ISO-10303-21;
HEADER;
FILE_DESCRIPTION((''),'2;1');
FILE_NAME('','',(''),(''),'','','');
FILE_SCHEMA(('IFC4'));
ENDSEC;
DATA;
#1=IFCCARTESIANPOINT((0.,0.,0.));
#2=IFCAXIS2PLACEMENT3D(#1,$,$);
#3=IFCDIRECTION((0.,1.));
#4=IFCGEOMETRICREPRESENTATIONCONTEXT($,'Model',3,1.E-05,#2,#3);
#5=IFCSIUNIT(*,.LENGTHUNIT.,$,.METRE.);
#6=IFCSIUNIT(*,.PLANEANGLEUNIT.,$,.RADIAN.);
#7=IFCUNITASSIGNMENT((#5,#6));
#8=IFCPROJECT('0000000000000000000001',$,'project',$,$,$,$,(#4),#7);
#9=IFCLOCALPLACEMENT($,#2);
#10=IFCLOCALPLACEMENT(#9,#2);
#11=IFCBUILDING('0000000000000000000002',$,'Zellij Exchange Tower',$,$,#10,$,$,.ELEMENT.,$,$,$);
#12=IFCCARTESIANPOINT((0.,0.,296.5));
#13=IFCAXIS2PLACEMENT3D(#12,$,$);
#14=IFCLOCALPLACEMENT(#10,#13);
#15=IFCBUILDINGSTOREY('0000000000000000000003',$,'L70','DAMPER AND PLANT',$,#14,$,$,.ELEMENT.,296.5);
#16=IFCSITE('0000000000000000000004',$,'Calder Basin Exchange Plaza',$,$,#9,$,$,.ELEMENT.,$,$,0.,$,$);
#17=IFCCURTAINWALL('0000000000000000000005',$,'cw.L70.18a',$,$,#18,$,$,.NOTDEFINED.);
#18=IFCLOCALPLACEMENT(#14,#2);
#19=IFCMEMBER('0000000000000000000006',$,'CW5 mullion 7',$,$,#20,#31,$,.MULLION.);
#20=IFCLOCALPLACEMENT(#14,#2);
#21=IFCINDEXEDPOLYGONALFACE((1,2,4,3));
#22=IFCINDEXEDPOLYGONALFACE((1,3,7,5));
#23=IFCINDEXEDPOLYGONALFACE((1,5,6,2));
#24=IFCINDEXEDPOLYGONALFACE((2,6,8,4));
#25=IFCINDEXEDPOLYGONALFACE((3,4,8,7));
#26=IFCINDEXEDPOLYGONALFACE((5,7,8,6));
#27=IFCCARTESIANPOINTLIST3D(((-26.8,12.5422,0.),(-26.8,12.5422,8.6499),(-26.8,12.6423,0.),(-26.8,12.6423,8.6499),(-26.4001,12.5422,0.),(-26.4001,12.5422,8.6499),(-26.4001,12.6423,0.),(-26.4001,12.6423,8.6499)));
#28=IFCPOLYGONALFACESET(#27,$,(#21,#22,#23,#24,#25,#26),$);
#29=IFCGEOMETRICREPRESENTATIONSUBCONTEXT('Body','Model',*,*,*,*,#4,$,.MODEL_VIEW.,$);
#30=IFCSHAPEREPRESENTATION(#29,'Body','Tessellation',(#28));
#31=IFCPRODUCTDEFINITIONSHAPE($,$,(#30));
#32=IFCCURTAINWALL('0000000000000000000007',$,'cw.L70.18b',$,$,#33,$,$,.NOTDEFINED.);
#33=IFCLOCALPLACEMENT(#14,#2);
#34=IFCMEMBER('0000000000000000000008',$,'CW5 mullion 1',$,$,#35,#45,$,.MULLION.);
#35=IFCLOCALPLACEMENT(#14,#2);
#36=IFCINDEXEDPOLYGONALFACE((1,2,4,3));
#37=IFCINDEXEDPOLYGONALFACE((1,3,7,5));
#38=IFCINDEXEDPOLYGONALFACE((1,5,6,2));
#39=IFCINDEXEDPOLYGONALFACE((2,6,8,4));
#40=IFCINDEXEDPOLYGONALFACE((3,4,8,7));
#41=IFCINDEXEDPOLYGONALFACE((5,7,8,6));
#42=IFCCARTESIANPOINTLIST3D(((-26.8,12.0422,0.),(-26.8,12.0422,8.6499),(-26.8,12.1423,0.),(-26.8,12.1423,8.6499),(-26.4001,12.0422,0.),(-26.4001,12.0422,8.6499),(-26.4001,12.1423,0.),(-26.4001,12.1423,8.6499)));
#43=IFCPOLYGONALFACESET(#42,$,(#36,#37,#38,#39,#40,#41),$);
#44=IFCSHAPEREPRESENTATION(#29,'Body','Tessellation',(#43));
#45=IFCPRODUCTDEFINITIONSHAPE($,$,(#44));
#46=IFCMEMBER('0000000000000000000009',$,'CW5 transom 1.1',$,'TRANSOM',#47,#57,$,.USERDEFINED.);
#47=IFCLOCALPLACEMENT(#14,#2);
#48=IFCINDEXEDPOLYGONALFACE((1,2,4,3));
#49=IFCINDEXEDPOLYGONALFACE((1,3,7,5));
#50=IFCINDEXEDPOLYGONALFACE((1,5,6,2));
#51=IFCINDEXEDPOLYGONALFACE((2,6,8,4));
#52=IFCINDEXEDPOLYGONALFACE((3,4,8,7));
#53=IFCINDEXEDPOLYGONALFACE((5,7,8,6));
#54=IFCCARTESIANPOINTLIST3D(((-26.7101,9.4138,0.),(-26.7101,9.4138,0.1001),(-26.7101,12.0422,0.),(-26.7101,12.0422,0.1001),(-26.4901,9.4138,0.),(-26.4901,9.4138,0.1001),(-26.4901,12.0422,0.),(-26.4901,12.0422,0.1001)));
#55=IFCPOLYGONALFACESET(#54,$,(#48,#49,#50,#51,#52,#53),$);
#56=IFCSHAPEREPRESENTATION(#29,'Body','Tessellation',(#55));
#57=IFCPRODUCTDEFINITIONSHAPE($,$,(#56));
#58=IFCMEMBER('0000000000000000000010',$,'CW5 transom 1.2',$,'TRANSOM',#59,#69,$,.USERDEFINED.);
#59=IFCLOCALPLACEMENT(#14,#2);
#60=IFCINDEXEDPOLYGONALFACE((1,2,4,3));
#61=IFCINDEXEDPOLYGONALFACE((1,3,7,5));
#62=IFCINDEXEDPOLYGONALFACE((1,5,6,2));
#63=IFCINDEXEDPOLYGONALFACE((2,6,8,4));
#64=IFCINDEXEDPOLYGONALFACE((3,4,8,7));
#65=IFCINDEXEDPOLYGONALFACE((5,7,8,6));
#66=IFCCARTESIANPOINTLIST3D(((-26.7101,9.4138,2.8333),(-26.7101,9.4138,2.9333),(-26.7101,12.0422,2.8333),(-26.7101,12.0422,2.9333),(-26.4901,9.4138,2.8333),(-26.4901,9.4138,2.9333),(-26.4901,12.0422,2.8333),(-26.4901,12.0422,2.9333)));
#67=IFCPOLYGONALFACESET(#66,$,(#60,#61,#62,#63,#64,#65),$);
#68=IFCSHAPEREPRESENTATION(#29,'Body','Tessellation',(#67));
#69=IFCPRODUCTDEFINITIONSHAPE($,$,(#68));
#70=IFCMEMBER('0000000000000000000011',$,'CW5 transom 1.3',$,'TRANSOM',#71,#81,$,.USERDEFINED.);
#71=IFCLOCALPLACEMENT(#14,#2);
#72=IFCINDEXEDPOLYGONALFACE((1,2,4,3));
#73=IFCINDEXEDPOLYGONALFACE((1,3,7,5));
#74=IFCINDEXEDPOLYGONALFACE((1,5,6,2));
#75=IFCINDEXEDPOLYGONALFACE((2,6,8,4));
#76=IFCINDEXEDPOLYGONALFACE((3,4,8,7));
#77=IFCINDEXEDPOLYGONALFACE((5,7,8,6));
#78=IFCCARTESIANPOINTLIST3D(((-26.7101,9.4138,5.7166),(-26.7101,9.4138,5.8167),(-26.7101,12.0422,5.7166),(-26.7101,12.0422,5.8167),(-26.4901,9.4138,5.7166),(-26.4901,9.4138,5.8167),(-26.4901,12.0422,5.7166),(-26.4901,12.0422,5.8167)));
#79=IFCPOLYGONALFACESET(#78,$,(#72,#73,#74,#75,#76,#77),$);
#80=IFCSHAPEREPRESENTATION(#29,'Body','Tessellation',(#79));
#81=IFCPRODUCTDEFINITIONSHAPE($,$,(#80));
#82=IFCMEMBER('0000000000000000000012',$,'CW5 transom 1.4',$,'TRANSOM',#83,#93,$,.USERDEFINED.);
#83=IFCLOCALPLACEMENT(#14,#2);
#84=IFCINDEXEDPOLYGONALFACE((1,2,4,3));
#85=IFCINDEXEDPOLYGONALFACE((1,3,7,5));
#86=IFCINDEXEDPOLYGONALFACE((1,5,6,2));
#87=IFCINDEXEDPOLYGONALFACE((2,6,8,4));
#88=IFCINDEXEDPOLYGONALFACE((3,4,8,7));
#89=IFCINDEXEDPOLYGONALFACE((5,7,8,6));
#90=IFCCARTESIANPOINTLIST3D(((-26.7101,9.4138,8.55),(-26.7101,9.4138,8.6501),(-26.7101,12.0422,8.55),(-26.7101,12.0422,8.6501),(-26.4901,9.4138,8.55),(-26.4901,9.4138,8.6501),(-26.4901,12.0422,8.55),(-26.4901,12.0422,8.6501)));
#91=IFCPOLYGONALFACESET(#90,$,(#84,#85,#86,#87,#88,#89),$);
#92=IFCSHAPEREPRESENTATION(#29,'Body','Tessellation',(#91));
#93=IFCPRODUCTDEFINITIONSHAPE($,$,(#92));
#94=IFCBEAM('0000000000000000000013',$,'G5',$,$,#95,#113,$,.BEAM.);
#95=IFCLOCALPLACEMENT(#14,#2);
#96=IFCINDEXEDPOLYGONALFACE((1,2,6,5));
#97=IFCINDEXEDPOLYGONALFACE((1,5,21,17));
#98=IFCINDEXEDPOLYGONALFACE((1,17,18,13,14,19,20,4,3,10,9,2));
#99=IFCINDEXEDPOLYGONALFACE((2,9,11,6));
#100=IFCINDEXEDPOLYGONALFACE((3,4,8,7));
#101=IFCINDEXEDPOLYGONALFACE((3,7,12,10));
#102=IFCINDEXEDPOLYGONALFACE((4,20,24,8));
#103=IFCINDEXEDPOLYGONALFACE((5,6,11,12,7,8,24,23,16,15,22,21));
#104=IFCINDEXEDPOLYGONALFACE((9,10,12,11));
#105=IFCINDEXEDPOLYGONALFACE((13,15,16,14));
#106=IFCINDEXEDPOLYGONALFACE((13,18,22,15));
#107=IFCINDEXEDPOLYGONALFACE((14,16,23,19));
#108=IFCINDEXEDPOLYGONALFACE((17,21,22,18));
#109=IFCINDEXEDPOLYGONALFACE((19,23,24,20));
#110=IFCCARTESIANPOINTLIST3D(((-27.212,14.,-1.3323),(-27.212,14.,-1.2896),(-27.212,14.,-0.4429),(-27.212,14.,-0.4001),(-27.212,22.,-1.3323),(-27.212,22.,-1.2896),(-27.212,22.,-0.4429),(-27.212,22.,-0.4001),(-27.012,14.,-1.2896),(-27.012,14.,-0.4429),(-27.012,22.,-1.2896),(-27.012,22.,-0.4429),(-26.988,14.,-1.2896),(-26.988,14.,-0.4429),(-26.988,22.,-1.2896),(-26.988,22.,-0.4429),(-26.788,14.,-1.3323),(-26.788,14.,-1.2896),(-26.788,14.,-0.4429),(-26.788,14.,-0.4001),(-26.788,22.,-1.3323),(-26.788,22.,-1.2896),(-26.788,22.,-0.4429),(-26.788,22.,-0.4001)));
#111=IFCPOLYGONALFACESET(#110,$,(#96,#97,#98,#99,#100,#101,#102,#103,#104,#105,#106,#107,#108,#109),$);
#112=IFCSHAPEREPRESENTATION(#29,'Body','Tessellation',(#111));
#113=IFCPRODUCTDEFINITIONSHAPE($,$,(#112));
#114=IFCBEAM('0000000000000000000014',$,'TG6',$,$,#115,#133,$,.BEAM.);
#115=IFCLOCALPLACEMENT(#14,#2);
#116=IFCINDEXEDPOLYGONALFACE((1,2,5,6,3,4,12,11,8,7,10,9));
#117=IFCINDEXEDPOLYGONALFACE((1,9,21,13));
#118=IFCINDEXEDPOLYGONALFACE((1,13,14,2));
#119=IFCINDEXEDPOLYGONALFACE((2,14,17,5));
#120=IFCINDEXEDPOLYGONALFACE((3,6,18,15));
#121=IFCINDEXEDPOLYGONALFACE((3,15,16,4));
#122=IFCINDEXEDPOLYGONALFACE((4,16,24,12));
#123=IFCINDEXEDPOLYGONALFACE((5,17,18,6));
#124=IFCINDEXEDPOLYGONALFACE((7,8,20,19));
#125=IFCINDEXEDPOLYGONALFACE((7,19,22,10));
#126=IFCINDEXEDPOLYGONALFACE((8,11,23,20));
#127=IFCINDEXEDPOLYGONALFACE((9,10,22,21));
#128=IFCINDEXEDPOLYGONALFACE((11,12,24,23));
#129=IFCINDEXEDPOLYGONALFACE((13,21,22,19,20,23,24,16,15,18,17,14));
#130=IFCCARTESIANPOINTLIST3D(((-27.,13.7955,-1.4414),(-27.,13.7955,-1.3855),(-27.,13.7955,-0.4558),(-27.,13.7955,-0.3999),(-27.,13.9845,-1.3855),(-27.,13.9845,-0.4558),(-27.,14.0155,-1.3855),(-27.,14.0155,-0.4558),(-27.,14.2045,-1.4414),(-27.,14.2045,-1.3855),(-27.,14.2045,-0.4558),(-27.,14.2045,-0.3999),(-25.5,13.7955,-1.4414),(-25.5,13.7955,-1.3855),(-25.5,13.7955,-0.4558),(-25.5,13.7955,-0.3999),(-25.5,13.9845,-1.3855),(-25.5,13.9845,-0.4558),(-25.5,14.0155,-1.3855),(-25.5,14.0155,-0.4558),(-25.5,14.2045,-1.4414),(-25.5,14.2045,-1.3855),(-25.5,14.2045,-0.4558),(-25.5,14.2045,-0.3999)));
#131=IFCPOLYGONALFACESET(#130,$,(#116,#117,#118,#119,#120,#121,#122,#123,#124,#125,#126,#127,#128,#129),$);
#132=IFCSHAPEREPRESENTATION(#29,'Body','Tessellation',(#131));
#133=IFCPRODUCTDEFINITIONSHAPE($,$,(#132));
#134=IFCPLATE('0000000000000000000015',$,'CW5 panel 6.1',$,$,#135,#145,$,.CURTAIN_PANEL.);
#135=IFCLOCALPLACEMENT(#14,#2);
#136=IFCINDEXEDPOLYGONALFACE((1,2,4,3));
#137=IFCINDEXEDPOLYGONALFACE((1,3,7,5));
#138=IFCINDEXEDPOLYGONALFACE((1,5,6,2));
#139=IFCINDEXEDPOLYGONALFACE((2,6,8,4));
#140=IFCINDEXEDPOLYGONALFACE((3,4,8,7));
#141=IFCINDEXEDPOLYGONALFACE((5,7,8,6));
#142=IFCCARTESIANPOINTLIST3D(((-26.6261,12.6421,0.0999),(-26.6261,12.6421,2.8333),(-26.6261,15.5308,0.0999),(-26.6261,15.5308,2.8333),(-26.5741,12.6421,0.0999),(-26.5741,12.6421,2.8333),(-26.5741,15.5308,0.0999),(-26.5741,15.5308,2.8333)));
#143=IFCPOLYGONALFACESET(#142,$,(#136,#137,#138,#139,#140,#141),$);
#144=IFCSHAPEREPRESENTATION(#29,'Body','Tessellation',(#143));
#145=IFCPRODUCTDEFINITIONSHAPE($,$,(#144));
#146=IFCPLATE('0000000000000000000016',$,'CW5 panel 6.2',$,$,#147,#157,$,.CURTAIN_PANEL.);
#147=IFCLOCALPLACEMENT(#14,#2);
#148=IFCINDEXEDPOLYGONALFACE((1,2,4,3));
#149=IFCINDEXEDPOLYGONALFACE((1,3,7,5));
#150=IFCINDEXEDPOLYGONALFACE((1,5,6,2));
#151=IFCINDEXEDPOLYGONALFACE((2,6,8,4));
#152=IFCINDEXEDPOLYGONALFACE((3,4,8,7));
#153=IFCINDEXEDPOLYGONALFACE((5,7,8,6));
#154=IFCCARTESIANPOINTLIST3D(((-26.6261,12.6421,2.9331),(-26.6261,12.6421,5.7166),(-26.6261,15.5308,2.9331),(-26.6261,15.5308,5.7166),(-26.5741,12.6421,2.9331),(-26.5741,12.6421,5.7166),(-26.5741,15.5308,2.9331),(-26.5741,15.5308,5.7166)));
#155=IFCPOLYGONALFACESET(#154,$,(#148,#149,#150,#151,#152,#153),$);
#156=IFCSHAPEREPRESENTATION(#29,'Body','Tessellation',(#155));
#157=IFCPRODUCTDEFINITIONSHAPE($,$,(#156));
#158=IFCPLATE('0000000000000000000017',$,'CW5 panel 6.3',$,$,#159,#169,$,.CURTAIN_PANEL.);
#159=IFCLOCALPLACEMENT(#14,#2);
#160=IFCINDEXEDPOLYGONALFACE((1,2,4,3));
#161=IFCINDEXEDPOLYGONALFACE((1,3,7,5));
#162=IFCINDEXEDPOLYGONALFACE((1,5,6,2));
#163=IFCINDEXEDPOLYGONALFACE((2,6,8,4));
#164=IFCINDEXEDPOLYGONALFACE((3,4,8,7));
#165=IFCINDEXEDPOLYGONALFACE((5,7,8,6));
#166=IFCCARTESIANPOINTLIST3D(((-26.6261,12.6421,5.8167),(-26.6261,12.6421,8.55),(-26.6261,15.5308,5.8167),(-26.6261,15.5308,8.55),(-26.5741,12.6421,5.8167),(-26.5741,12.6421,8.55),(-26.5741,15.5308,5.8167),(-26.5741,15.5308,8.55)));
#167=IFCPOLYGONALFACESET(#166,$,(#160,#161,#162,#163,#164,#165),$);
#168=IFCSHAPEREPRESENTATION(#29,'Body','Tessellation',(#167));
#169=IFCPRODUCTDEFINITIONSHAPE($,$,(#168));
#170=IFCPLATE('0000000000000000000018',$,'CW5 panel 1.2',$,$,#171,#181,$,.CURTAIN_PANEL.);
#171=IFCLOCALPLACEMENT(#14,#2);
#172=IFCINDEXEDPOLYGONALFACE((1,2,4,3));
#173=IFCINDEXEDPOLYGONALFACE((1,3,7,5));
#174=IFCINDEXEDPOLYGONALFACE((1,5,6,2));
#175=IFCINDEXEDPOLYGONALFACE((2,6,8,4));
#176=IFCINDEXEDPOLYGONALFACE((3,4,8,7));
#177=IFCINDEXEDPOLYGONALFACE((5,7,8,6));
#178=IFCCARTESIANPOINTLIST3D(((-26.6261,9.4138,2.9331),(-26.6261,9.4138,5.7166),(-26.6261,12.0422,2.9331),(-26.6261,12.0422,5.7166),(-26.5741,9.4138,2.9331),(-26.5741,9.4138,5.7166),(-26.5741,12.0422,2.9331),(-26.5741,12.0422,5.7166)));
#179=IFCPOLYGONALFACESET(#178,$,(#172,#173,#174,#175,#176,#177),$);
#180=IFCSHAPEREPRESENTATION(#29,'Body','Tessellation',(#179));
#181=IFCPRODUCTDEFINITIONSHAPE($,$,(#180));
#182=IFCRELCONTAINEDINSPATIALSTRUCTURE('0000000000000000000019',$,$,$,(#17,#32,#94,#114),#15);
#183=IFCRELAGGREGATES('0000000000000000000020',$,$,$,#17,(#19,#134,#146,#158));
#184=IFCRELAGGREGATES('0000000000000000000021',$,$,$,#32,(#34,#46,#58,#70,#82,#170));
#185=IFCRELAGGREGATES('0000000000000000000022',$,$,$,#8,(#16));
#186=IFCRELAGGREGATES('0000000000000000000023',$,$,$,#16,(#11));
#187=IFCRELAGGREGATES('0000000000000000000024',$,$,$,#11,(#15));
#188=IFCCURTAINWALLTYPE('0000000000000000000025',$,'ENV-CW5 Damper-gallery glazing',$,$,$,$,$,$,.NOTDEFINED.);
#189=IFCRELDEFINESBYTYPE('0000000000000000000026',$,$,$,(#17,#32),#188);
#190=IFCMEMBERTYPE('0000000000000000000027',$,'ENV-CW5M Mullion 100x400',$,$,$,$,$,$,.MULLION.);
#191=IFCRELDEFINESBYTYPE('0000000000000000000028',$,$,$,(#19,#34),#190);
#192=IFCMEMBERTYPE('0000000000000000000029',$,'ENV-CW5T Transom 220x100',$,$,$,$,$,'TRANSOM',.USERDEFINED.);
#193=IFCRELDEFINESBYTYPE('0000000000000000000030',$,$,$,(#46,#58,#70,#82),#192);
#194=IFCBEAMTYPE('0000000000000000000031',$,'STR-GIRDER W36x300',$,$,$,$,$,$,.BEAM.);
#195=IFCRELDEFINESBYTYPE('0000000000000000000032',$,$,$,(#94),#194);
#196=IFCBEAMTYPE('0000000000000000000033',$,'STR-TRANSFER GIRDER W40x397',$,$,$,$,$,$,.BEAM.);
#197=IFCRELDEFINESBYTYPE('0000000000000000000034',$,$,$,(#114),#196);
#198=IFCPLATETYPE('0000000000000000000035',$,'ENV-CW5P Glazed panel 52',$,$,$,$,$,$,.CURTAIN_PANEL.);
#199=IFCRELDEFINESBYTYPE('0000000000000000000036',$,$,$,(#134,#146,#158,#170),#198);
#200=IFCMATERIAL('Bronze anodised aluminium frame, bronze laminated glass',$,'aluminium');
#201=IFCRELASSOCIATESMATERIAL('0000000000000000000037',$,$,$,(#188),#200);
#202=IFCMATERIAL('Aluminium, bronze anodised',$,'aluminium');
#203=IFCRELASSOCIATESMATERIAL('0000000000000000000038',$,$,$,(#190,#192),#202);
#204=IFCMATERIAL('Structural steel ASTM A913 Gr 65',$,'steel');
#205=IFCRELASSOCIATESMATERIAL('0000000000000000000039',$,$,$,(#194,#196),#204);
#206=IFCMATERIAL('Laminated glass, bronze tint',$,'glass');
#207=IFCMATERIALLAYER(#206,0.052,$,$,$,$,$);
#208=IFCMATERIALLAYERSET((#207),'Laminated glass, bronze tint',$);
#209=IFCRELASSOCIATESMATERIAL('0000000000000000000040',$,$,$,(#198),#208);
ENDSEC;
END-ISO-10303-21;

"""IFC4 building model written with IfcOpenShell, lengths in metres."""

from ifc_helpers import new_model, si_unit, direction, frame, origin, origin_2d, place, context, subcontext, project, spatial, rectangle, i_section, extrude, material, layer, layer_set, material_profile, profile_set, type_object, element, aggregate, save


model = new_model("IFC4")

# Units and contexts
model_context = context("Model", 3, precision=1e-05, world=origin(), true_north=direction((0.0, 1.0)))
body_context = subcontext(model_context, "Body", "Model", "MODEL_VIEW")
ifc_project = project(units=[si_unit("LENGTHUNIT", "METRE"), si_unit("PLANEANGLEUNIT", "RADIAN")], contexts=[model_context])

# Site, building, storey
site_placement = place(None, origin())
site = spatial("IfcSite", under=ifc_project, at=site_placement, Name="Calder Basin Exchange Plaza", CompositionType="ELEMENT", RefElevation=0.0)
building_placement = place(site_placement, origin())
building = spatial("IfcBuilding", under=site, at=building_placement, Name="Zellij Exchange Tower", CompositionType="ELEMENT")
storey_placement = place(building_placement, frame((0.0, 0.0, 296.5)))
storey = spatial("IfcBuildingStorey", under=building, at=storey_placement, Name="L70", Description="DAMPER AND PLANT", CompositionType="ELEMENT", Elevation=296.5)

# Curtain wall, member
ifc_material_1 = material(Name="Bronze anodised aluminium frame, bronze laminated glass", Category="aluminium")
curtain_wall_type = type_object("IfcCurtainWallType", Name="ENV-CW5 Damper-gallery glazing", PredefinedType="NOTDEFINED", material=ifc_material_1)
curtain_wall_1_placement = place(storey_placement, origin())
curtain_wall_1 = element("IfcCurtainWall", 1, at=curtain_wall_1_placement, inside=storey, type_object=curtain_wall_type, Name="cw.L70.18a", PredefinedType="NOTDEFINED")
ifc_material_2 = material(Name="Aluminium, bronze anodised", Category="aluminium")
ifc_material_profile_1 = material_profile(ifc_material_2, rectangle(XDim=0.1001, YDim=0.3999, at=origin_2d()), Name="AL 100x400")
ifc_profile_set_1 = profile_set([ifc_material_profile_1], Name="Aluminium, bronze anodised")
member_type_1 = type_object("IfcMemberType", Name="ENV-CW5M Mullion 100x400", PredefinedType="MULLION", material=ifc_profile_set_1)
member_1_placement = place(storey_placement, frame((-26.6001, 12.5923, 0.0), z_axis=(0.0, 0.0, 1.0), x_axis=(0.0, -1.0, 0.0)))
member_1 = element("IfcMember", 2, at=member_1_placement, type_object=member_type_1, Name="CW5 mullion 7", PredefinedType="MULLION", context=body_context, shape_type="SweptSolid", body=[
    extrude(rectangle(XDim=0.1001, YDim=0.3999, at=origin_2d()), origin(), (0.0, 0.0, 1.0), 8.6499),
])

# Curtain wall, members
curtain_wall_2_placement = place(storey_placement, origin())
curtain_wall_2 = element("IfcCurtainWall", 3, at=curtain_wall_2_placement, inside=storey, type_object=curtain_wall_type, Name="cw.L70.18b", PredefinedType="NOTDEFINED")
member_2_placement = place(storey_placement, frame((-26.6001, 12.0923, 0.0), z_axis=(0.0, 0.0, 1.0), x_axis=(0.0, -1.0, 0.0)))
member_2 = element("IfcMember", 4, at=member_2_placement, type_object=member_type_1, Name="CW5 mullion 1", PredefinedType="MULLION", context=body_context, shape_type="SweptSolid", body=[
    extrude(rectangle(XDim=0.1001, YDim=0.3999, at=origin_2d()), origin(), (0.0, 0.0, 1.0), 8.6499),
])
ifc_material_profile_2 = material_profile(ifc_material_2, rectangle(XDim=0.22, YDim=0.1001, at=origin_2d()), Name="AL 220x100")
ifc_profile_set_2 = profile_set([ifc_material_profile_2], Name="Aluminium, bronze anodised")
member_type_2 = type_object("IfcMemberType", Name="ENV-CW5T Transom 220x100", ElementType="TRANSOM", PredefinedType="USERDEFINED", material=ifc_profile_set_2)
member_3_placement = place(storey_placement, frame((-26.6001, 12.0422, 0.05), z_axis=(0.0, -1.0, 0.0), x_axis=(1.0, 0.0, 0.0)))
member_3 = element("IfcMember", 5, at=member_3_placement, type_object=member_type_2, Name="CW5 transom 1.1", ObjectType="TRANSOM", PredefinedType="USERDEFINED", context=body_context, shape_type="SweptSolid", body=[
    extrude(rectangle(XDim=0.22, YDim=0.1001, at=origin_2d()), origin(), (0.0, 0.0, 1.0), 2.6284),
])
member_4_placement = place(storey_placement, frame((-26.6001, 12.0422, 2.8833), z_axis=(0.0, -1.0, 0.0), x_axis=(1.0, 0.0, 0.0)))
member_4 = element("IfcMember", 6, at=member_4_placement, type_object=member_type_2, Name="CW5 transom 1.2", ObjectType="TRANSOM", PredefinedType="USERDEFINED", context=body_context, shape_type="SweptSolid", body=[
    extrude(rectangle(XDim=0.22, YDim=0.1001, at=origin_2d()), origin(), (0.0, 0.0, 1.0), 2.6284),
])
member_5_placement = place(storey_placement, frame((-26.6001, 12.0422, 5.7666), z_axis=(0.0, -1.0, 0.0), x_axis=(1.0, 0.0, 0.0)))
member_5 = element("IfcMember", 7, at=member_5_placement, type_object=member_type_2, Name="CW5 transom 1.3", ObjectType="TRANSOM", PredefinedType="USERDEFINED", context=body_context, shape_type="SweptSolid", body=[
    extrude(rectangle(XDim=0.22, YDim=0.1001, at=origin_2d()), origin(), (0.0, 0.0, 1.0), 2.6284),
])
member_6_placement = place(storey_placement, frame((-26.6001, 12.0422, 8.6001), z_axis=(0.0, -1.0, 0.0), x_axis=(1.0, 0.0, 0.0)))
member_6 = element("IfcMember", 8, at=member_6_placement, type_object=member_type_2, Name="CW5 transom 1.4", ObjectType="TRANSOM", PredefinedType="USERDEFINED", context=body_context, shape_type="SweptSolid", body=[
    extrude(rectangle(XDim=0.22, YDim=0.1001, at=origin_2d()), origin(), (0.0, 0.0, 1.0), 2.6284),
])

# Beams
ifc_material_3 = material(Name="Structural steel ASTM A913 Gr 65", Category="steel")
ifc_material_profile_3 = material_profile(ifc_material_3, i_section(OverallWidth=0.4241, OverallDepth=0.9321, WebThickness=0.0239, FlangeThickness=0.0427, at=origin_2d()), Name="W36x300")
ifc_profile_set_3 = profile_set([ifc_material_profile_3], Name="Structural steel ASTM A913 Gr 65")
beam_type_1 = type_object("IfcBeamType", Name="STR-GIRDER W36x300", PredefinedType="BEAM", material=ifc_profile_set_3)
beam_1_placement = place(storey_placement, frame((-27.0, 14.0, -0.8662), z_axis=(0.0, 1.0, 0.0), x_axis=(-1.0, 0.0, 0.0)))
element("IfcBeam", 9, at=beam_1_placement, inside=storey, type_object=beam_type_1, Name="G5", PredefinedType="BEAM", context=body_context, shape_type="SweptSolid", body=[
    extrude(i_section(OverallWidth=0.4241, OverallDepth=0.9321, WebThickness=0.0239, FlangeThickness=0.0427, at=origin_2d()), origin(), (0.0, 0.0, 1.0), 8.0),
])
ifc_material_profile_4 = material_profile(ifc_material_3, i_section(OverallWidth=0.4089, OverallDepth=1.0415, WebThickness=0.031, FlangeThickness=0.0559, at=origin_2d()), Name="W40x397")
ifc_profile_set_4 = profile_set([ifc_material_profile_4], Name="Structural steel ASTM A913 Gr 65")
beam_type_2 = type_object("IfcBeamType", Name="STR-TRANSFER GIRDER W40x397", PredefinedType="BEAM", material=ifc_profile_set_4)
beam_2_placement = place(storey_placement, frame((-27.0, 14.0, -0.9207), z_axis=(1.0, 0.0, 0.0), x_axis=(0.0, 1.0, 0.0)))
element("IfcBeam", 10, at=beam_2_placement, inside=storey, type_object=beam_type_2, Name="TG6", PredefinedType="BEAM", context=body_context, shape_type="SweptSolid", body=[
    extrude(i_section(OverallWidth=0.4089, OverallDepth=1.0415, WebThickness=0.031, FlangeThickness=0.0559, at=origin_2d()), origin(), (0.0, 0.0, 1.0), 1.5),
])

# Plates
ifc_material_4 = material(Name="Laminated glass, bronze tint", Category="glass")
ifc_layer_1 = layer(ifc_material_4, 0.052)
ifc_layer_set_1 = layer_set([ifc_layer_1], Name="Laminated glass, bronze tint")
plate_type = type_object("IfcPlateType", Name="ENV-CW5P Glazed panel 52", PredefinedType="CURTAIN_PANEL", material=ifc_layer_set_1)
plate_1_placement = place(storey_placement, frame((-26.6001, 14.0864, 0.0999), z_axis=(0.0, 0.0, 1.0), x_axis=(0.0, -1.0, 0.0)))
plate_1 = element("IfcPlate", 11, at=plate_1_placement, type_object=plate_type, Name="CW5 panel 6.1", PredefinedType="CURTAIN_PANEL", context=body_context, shape_type="SweptSolid", body=[
    extrude(rectangle(XDim=2.8887, YDim=0.052, at=origin_2d()), origin(), (0.0, 0.0, 1.0), 2.7334),
])
plate_2_placement = place(storey_placement, frame((-26.6001, 14.0864, 2.9331), z_axis=(0.0, 0.0, 1.0), x_axis=(0.0, -1.0, 0.0)))
plate_2 = element("IfcPlate", 12, at=plate_2_placement, type_object=plate_type, Name="CW5 panel 6.2", PredefinedType="CURTAIN_PANEL", context=body_context, shape_type="SweptSolid", body=[
    extrude(rectangle(XDim=2.8887, YDim=0.052, at=origin_2d()), origin(), (0.0, 0.0, 1.0), 2.7834),
])
plate_3_placement = place(storey_placement, frame((-26.6001, 14.0864, 5.8167), z_axis=(0.0, 0.0, 1.0), x_axis=(0.0, -1.0, 0.0)))
plate_3 = element("IfcPlate", 13, at=plate_3_placement, type_object=plate_type, Name="CW5 panel 6.3", PredefinedType="CURTAIN_PANEL", context=body_context, shape_type="SweptSolid", body=[
    extrude(rectangle(XDim=2.8887, YDim=0.052, at=origin_2d()), origin(), (0.0, 0.0, 1.0), 2.7334),
])
aggregate(curtain_wall_1, [member_1, plate_1, plate_2, plate_3])
plate_4_placement = place(storey_placement, frame((-26.6001, 10.728, 2.9331), z_axis=(0.0, 0.0, 1.0), x_axis=(0.0, -1.0, 0.0)))
plate_4 = element("IfcPlate", 14, at=plate_4_placement, type_object=plate_type, Name="CW5 panel 1.2", PredefinedType="CURTAIN_PANEL", context=body_context, shape_type="SweptSolid", body=[
    extrude(rectangle(XDim=2.6284, YDim=0.052, at=origin_2d()), origin(), (0.0, 0.0, 1.0), 2.7834),
])
aggregate(curtain_wall_2, [member_2, member_3, member_4, member_5, member_6, plate_4])

save(model, "model.ifc")
